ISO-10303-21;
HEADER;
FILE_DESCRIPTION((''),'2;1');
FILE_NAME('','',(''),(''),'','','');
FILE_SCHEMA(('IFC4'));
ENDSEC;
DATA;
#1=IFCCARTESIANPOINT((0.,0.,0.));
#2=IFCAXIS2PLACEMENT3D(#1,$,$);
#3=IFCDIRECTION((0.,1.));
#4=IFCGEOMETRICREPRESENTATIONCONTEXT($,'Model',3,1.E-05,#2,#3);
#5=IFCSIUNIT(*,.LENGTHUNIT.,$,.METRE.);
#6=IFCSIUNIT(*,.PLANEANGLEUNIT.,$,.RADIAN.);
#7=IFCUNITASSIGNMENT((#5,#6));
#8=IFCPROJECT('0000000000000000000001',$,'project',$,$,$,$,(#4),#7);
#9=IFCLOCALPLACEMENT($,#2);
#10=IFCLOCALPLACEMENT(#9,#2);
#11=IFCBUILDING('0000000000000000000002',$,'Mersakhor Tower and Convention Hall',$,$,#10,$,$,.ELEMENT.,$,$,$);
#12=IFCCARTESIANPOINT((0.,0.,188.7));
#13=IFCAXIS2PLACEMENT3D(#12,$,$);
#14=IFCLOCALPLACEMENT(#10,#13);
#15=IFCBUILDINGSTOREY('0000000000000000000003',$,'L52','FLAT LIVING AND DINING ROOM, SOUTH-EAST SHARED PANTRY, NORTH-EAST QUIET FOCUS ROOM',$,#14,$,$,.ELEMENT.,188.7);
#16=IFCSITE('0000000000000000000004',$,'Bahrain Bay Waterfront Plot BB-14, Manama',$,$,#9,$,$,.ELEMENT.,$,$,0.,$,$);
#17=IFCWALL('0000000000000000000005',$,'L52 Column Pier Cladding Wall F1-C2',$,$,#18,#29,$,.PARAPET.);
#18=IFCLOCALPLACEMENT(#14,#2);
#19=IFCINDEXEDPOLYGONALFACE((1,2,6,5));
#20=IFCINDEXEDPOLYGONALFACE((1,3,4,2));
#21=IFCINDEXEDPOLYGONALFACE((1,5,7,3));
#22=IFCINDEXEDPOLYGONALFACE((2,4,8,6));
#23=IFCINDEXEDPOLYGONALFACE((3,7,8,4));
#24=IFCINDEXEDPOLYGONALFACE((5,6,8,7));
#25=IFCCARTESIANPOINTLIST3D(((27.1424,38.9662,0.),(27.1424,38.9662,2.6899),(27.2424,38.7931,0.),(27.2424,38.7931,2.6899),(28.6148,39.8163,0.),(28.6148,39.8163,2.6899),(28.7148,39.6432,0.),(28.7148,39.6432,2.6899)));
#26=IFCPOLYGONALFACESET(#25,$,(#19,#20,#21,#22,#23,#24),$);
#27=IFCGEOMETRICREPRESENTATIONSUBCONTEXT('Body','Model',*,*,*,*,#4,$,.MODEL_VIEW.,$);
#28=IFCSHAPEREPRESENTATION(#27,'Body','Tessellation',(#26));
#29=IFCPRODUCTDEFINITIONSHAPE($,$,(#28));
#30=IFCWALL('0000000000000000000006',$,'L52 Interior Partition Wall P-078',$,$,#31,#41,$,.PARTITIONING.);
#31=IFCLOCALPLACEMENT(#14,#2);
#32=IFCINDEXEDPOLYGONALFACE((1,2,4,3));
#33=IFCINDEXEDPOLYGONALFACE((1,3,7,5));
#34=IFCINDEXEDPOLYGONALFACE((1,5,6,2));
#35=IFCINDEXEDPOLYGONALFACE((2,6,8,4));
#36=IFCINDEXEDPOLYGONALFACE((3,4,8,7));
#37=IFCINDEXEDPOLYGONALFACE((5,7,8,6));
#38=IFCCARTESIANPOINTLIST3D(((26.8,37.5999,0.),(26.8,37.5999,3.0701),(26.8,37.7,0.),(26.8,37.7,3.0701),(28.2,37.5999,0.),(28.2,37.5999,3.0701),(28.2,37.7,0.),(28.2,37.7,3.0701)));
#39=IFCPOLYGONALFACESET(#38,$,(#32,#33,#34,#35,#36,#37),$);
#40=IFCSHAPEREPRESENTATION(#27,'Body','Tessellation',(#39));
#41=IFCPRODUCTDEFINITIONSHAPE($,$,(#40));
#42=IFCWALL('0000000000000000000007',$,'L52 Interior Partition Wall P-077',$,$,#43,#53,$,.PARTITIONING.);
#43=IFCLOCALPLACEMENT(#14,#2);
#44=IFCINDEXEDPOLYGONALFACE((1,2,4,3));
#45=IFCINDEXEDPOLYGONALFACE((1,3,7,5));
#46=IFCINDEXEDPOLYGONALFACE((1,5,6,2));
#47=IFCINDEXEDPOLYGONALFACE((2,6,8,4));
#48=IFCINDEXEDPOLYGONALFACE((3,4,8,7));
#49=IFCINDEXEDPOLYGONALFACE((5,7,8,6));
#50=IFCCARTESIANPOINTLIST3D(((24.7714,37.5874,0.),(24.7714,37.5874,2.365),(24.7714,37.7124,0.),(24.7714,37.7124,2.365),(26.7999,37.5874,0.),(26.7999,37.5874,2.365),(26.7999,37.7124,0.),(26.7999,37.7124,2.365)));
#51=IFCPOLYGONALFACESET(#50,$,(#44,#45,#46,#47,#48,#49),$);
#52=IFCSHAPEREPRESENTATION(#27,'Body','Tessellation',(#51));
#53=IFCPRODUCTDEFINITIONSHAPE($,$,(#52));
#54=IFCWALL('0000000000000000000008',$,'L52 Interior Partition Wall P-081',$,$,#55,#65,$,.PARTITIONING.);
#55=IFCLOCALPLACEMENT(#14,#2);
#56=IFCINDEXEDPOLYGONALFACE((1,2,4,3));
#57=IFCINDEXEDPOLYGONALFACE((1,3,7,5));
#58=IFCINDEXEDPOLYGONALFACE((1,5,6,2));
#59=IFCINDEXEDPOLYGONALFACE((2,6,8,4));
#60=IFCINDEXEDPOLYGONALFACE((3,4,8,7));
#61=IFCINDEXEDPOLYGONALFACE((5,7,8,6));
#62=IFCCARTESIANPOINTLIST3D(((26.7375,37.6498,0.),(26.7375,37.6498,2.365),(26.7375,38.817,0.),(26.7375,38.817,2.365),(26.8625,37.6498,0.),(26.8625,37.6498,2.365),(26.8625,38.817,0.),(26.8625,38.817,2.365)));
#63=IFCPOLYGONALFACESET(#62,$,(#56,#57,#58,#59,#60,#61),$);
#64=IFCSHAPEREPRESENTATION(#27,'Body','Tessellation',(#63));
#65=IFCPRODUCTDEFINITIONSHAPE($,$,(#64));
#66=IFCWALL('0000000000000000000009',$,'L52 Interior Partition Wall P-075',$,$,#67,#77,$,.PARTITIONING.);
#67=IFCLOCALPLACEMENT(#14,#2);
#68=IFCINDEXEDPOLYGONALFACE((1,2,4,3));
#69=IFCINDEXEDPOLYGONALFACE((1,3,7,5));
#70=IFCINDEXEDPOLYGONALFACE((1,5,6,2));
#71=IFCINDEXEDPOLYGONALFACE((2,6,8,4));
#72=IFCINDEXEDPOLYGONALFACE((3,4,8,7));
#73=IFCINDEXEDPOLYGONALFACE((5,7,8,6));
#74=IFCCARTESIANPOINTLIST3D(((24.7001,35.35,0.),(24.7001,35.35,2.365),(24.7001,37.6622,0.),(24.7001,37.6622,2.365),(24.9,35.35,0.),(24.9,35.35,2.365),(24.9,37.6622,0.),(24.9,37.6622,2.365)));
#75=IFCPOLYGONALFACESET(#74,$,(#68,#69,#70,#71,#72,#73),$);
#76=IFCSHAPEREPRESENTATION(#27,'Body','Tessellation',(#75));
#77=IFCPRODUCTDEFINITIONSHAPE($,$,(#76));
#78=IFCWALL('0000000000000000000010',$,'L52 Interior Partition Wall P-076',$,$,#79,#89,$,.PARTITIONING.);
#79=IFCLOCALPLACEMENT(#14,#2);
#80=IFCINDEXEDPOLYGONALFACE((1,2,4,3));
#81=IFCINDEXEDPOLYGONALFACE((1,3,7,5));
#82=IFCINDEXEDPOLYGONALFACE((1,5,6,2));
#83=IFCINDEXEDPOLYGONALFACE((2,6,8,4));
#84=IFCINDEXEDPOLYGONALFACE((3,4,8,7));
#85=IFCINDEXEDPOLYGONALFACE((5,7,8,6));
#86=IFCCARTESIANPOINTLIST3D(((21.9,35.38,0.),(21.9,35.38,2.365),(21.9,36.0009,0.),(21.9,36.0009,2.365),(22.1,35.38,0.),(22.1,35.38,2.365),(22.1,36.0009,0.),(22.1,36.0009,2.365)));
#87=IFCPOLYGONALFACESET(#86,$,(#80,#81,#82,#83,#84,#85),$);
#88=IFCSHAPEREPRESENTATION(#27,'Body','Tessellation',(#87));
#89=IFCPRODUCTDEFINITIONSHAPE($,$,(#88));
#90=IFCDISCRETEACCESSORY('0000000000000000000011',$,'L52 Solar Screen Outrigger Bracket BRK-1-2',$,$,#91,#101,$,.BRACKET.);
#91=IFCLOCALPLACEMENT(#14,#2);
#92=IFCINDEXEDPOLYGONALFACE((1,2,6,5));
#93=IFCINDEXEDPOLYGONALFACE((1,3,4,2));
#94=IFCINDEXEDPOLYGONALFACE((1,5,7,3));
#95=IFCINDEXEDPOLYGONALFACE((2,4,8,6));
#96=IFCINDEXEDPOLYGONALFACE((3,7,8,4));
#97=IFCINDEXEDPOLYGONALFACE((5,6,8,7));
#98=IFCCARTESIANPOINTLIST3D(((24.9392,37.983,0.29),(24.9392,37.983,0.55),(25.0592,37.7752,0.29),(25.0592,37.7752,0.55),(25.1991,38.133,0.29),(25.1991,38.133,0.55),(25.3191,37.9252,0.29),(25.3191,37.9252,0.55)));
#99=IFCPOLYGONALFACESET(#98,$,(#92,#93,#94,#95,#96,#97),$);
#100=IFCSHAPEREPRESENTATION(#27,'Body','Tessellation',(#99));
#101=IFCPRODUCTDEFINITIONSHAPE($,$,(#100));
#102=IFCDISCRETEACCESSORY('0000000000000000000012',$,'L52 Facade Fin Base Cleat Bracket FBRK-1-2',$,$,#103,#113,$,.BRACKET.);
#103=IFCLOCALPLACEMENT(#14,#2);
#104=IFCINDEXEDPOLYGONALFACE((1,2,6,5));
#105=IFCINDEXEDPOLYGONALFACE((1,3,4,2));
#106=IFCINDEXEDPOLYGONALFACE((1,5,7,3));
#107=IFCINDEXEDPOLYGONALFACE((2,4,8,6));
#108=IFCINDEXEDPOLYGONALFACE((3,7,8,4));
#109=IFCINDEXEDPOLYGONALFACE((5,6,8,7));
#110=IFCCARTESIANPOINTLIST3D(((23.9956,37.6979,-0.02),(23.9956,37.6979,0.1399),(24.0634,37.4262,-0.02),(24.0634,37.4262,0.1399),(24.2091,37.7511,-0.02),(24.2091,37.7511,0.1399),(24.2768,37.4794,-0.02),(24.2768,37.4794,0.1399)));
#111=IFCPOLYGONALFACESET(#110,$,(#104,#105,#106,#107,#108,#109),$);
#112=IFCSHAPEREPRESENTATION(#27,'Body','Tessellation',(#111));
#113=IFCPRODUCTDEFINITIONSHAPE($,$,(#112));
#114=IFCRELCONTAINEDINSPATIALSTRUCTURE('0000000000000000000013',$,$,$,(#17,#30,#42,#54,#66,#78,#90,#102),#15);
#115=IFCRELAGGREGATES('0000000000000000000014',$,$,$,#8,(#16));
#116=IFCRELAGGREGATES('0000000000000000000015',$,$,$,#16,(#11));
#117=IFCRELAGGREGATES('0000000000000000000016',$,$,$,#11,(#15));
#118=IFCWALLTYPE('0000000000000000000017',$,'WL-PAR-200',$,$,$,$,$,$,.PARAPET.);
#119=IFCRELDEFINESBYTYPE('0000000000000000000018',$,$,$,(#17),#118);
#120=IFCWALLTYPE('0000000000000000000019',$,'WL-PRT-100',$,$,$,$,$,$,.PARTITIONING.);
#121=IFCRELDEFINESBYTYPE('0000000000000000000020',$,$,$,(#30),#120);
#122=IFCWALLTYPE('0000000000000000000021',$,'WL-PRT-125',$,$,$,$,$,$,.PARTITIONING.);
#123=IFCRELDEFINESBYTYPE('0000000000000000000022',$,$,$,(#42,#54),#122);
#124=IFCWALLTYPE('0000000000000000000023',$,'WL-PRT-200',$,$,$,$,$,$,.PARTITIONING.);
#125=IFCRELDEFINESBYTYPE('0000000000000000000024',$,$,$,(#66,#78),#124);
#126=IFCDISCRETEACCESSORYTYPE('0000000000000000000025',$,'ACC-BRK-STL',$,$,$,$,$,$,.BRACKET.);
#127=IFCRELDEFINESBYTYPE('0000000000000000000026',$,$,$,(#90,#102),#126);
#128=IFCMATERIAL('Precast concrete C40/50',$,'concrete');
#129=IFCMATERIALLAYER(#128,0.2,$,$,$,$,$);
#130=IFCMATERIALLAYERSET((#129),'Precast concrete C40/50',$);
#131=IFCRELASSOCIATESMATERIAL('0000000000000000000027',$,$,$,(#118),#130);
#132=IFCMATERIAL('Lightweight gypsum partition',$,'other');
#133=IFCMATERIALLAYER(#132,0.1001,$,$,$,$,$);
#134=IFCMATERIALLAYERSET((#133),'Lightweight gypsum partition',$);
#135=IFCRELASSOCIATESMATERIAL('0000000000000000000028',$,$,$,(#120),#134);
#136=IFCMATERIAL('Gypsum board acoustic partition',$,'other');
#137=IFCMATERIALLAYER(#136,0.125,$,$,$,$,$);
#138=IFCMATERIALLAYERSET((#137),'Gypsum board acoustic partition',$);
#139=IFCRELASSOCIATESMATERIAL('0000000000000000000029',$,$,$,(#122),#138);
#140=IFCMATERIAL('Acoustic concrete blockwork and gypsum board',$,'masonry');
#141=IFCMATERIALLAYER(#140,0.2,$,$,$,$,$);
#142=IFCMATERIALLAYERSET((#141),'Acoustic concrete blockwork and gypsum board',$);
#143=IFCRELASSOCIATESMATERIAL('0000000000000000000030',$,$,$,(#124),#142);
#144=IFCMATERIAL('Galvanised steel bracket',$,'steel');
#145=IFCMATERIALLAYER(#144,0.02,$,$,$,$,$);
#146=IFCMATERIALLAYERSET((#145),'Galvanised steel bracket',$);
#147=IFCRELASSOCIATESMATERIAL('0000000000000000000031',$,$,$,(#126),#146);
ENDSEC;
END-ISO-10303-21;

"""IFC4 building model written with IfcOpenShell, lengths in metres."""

from ifc_helpers import new_model, si_unit, direction, frame, frame_2d, origin, origin_2d, place, context, subcontext, project, spatial, rectangle, extrude, material, layer, layer_set, type_object, element, save


model = new_model("IFC4")

# Units and contexts
model_context = context("Model", 3, precision=1e-05, world=origin(), true_north=direction((0.0, 1.0)))
body_context = subcontext(model_context, "Body", "Model", "MODEL_VIEW")
ifc_project = project(units=[si_unit("LENGTHUNIT", "METRE"), si_unit("PLANEANGLEUNIT", "RADIAN")], contexts=[model_context])

# Site, building, storey
site_placement = place(None, origin())
site = spatial("IfcSite", under=ifc_project, at=site_placement, Name="Bahrain Bay Waterfront Plot BB-14, Manama", CompositionType="ELEMENT", RefElevation=0.0)
building_placement = place(site_placement, origin())
building = spatial("IfcBuilding", under=site, at=building_placement, Name="Mersakhor Tower and Convention Hall", CompositionType="ELEMENT")
storey_placement = place(building_placement, frame((0.0, 0.0, 188.7)))
storey = spatial("IfcBuildingStorey", under=building, at=storey_placement, Name="L52", Description="FLAT LIVING AND DINING ROOM, SOUTH-EAST SHARED PANTRY, NORTH-EAST QUIET FOCUS ROOM", CompositionType="ELEMENT", Elevation=188.7)

# Walls
ifc_material_1 = material(Name="Precast concrete C40/50", Category="concrete")
ifc_layer_1 = layer(ifc_material_1, 0.2)
ifc_layer_set_1 = layer_set([ifc_layer_1], Name="Precast concrete C40/50")
wall_type_1 = type_object("IfcWallType", Name="WL-PAR-200", PredefinedType="PARAPET", material=ifc_layer_set_1)
wall_1_placement = place(storey_placement, frame((27.1924, 38.8796, 0.0), z_axis=(0.0, 0.0, 1.0), x_axis=(0.866025, 0.5, 0.0)))
element("IfcWall", 1, at=wall_1_placement, inside=storey, type_object=wall_type_1, Name="L52 Column Pier Cladding Wall F1-C2", PredefinedType="PARAPET", context=body_context, shape_type="SweptSolid", body=[
    extrude(rectangle(XDim=1.7002, YDim=0.2, at=frame_2d((0.8501, 0.0))), origin(), (0.0, 0.0, 1.0), 2.6899),
])
ifc_material_2 = material(Name="Lightweight gypsum partition", Category="other")
ifc_layer_2 = layer(ifc_material_2, 0.1001)
ifc_layer_set_2 = layer_set([ifc_layer_2], Name="Lightweight gypsum partition")
wall_type_2 = type_object("IfcWallType", Name="WL-PRT-100", PredefinedType="PARTITIONING", material=ifc_layer_set_2)
wall_2_placement = place(storey_placement, frame((26.8, 37.6499, 0.0), z_axis=(0.0, 0.0, 1.0), x_axis=(1.0, 0.0, 0.0)))
element("IfcWall", 2, at=wall_2_placement, inside=storey, type_object=wall_type_2, Name="L52 Interior Partition Wall P-078", PredefinedType="PARTITIONING", context=body_context, shape_type="SweptSolid", body=[
    extrude(rectangle(XDim=1.3999, YDim=0.1001, at=frame_2d((0.7, 0.0))), origin(), (0.0, 0.0, 1.0), 3.0701),
])
ifc_material_3 = material(Name="Gypsum board acoustic partition", Category="other")
ifc_layer_3 = layer(ifc_material_3, 0.125)
ifc_layer_set_3 = layer_set([ifc_layer_3], Name="Gypsum board acoustic partition")
wall_type_3 = type_object("IfcWallType", Name="WL-PRT-125", PredefinedType="PARTITIONING", material=ifc_layer_set_3)
wall_3_placement = place(storey_placement, frame((24.7715, 37.6499, 0.0), z_axis=(0.0, 0.0, 1.0), x_axis=(1.0, 0.0, 0.0)))
element("IfcWall", 3, at=wall_3_placement, inside=storey, type_object=wall_type_3, Name="L52 Interior Partition Wall P-077", PredefinedType="PARTITIONING", context=body_context, shape_type="SweptSolid", body=[
    extrude(rectangle(XDim=2.0286, YDim=0.125, at=frame_2d((1.0142, 0.0))), origin(), (0.0, 0.0, 1.0), 2.365),
])
wall_4_placement = place(storey_placement, frame((26.8, 37.6499, 0.0), z_axis=(0.0, 0.0, 1.0), x_axis=(0.0, 1.0, 0.0)))
element("IfcWall", 4, at=wall_4_placement, inside=storey, type_object=wall_type_3, Name="L52 Interior Partition Wall P-081", PredefinedType="PARTITIONING", context=body_context, shape_type="SweptSolid", body=[
    extrude(rectangle(XDim=1.1672, YDim=0.125, at=frame_2d((0.5835, 0.0))), origin(), (0.0, 0.0, 1.0), 2.365),
])
ifc_material_4 = material(Name="Acoustic concrete blockwork and gypsum board", Category="masonry")
ifc_layer_4 = layer(ifc_material_4, 0.2)
ifc_layer_set_4 = layer_set([ifc_layer_4], Name="Acoustic concrete blockwork and gypsum board")
wall_type_4 = type_object("IfcWallType", Name="WL-PRT-200", PredefinedType="PARTITIONING", material=ifc_layer_set_4)
wall_5_placement = place(storey_placement, frame((24.8, 37.6624, 0.0), z_axis=(0.0, 0.0, 1.0), x_axis=(0.0, -1.0, 0.0)))
element("IfcWall", 5, at=wall_5_placement, inside=storey, type_object=wall_type_4, Name="L52 Interior Partition Wall P-075", PredefinedType="PARTITIONING", context=body_context, shape_type="SweptSolid", body=[
    extrude(rectangle(XDim=2.3123, YDim=0.2, at=frame_2d((1.1562, 0.0))), origin(), (0.0, 0.0, 1.0), 2.365),
])
wall_6_placement = place(storey_placement, frame((22.0, 35.3799, 0.0), z_axis=(0.0, 0.0, 1.0), x_axis=(0.0, 1.0, 0.0)))
element("IfcWall", 6, at=wall_6_placement, inside=storey, type_object=wall_type_4, Name="L52 Interior Partition Wall P-076", PredefinedType="PARTITIONING", context=body_context, shape_type="SweptSolid", body=[
    extrude(rectangle(XDim=0.6208, YDim=0.2, at=frame_2d((0.3105, 0.0))), origin(), (0.0, 0.0, 1.0), 2.365),
])

# Discrete accessories
ifc_material_5 = material(Name="Galvanised steel bracket", Category="steel")
ifc_layer_5 = layer(ifc_material_5, 0.02)
ifc_layer_set_5 = layer_set([ifc_layer_5], Name="Galvanised steel bracket")
discrete_accessory_type = type_object("IfcDiscreteAccessoryType", Name="ACC-BRK-STL", PredefinedType="BRACKET", material=ifc_layer_set_5)
discrete_accessory_1_placement = place(storey_placement, frame((25.1292, 37.9541, 0.29), z_axis=(0.0, 0.0, 1.0), x_axis=(0.866025, 0.5, 0.0)))
element("IfcDiscreteAccessory", 7, at=discrete_accessory_1_placement, inside=storey, type_object=discrete_accessory_type, Name="L52 Solar Screen Outrigger Bracket BRK-1-2", PredefinedType="BRACKET", context=body_context, shape_type="SweptSolid", body=[
    extrude(rectangle(XDim=0.3, YDim=0.24, at=origin_2d()), origin(), (0.0, 0.0, 1.0), 0.26),
])
discrete_accessory_2_placement = place(storey_placement, frame((24.1362, 37.5886, -0.02), z_axis=(0.0, 0.0, 1.0), x_axis=(-0.241922, 0.970296, 0.0)))
element("IfcDiscreteAccessory", 8, at=discrete_accessory_2_placement, inside=storey, type_object=discrete_accessory_type, Name="L52 Facade Fin Base Cleat Bracket FBRK-1-2", PredefinedType="BRACKET", context=body_context, shape_type="SweptSolid", body=[
    extrude(rectangle(XDim=0.28, YDim=0.22, at=origin_2d()), origin(), (0.0, 0.0, 1.0), 0.1599),
])

save(model, "model.ifc")
